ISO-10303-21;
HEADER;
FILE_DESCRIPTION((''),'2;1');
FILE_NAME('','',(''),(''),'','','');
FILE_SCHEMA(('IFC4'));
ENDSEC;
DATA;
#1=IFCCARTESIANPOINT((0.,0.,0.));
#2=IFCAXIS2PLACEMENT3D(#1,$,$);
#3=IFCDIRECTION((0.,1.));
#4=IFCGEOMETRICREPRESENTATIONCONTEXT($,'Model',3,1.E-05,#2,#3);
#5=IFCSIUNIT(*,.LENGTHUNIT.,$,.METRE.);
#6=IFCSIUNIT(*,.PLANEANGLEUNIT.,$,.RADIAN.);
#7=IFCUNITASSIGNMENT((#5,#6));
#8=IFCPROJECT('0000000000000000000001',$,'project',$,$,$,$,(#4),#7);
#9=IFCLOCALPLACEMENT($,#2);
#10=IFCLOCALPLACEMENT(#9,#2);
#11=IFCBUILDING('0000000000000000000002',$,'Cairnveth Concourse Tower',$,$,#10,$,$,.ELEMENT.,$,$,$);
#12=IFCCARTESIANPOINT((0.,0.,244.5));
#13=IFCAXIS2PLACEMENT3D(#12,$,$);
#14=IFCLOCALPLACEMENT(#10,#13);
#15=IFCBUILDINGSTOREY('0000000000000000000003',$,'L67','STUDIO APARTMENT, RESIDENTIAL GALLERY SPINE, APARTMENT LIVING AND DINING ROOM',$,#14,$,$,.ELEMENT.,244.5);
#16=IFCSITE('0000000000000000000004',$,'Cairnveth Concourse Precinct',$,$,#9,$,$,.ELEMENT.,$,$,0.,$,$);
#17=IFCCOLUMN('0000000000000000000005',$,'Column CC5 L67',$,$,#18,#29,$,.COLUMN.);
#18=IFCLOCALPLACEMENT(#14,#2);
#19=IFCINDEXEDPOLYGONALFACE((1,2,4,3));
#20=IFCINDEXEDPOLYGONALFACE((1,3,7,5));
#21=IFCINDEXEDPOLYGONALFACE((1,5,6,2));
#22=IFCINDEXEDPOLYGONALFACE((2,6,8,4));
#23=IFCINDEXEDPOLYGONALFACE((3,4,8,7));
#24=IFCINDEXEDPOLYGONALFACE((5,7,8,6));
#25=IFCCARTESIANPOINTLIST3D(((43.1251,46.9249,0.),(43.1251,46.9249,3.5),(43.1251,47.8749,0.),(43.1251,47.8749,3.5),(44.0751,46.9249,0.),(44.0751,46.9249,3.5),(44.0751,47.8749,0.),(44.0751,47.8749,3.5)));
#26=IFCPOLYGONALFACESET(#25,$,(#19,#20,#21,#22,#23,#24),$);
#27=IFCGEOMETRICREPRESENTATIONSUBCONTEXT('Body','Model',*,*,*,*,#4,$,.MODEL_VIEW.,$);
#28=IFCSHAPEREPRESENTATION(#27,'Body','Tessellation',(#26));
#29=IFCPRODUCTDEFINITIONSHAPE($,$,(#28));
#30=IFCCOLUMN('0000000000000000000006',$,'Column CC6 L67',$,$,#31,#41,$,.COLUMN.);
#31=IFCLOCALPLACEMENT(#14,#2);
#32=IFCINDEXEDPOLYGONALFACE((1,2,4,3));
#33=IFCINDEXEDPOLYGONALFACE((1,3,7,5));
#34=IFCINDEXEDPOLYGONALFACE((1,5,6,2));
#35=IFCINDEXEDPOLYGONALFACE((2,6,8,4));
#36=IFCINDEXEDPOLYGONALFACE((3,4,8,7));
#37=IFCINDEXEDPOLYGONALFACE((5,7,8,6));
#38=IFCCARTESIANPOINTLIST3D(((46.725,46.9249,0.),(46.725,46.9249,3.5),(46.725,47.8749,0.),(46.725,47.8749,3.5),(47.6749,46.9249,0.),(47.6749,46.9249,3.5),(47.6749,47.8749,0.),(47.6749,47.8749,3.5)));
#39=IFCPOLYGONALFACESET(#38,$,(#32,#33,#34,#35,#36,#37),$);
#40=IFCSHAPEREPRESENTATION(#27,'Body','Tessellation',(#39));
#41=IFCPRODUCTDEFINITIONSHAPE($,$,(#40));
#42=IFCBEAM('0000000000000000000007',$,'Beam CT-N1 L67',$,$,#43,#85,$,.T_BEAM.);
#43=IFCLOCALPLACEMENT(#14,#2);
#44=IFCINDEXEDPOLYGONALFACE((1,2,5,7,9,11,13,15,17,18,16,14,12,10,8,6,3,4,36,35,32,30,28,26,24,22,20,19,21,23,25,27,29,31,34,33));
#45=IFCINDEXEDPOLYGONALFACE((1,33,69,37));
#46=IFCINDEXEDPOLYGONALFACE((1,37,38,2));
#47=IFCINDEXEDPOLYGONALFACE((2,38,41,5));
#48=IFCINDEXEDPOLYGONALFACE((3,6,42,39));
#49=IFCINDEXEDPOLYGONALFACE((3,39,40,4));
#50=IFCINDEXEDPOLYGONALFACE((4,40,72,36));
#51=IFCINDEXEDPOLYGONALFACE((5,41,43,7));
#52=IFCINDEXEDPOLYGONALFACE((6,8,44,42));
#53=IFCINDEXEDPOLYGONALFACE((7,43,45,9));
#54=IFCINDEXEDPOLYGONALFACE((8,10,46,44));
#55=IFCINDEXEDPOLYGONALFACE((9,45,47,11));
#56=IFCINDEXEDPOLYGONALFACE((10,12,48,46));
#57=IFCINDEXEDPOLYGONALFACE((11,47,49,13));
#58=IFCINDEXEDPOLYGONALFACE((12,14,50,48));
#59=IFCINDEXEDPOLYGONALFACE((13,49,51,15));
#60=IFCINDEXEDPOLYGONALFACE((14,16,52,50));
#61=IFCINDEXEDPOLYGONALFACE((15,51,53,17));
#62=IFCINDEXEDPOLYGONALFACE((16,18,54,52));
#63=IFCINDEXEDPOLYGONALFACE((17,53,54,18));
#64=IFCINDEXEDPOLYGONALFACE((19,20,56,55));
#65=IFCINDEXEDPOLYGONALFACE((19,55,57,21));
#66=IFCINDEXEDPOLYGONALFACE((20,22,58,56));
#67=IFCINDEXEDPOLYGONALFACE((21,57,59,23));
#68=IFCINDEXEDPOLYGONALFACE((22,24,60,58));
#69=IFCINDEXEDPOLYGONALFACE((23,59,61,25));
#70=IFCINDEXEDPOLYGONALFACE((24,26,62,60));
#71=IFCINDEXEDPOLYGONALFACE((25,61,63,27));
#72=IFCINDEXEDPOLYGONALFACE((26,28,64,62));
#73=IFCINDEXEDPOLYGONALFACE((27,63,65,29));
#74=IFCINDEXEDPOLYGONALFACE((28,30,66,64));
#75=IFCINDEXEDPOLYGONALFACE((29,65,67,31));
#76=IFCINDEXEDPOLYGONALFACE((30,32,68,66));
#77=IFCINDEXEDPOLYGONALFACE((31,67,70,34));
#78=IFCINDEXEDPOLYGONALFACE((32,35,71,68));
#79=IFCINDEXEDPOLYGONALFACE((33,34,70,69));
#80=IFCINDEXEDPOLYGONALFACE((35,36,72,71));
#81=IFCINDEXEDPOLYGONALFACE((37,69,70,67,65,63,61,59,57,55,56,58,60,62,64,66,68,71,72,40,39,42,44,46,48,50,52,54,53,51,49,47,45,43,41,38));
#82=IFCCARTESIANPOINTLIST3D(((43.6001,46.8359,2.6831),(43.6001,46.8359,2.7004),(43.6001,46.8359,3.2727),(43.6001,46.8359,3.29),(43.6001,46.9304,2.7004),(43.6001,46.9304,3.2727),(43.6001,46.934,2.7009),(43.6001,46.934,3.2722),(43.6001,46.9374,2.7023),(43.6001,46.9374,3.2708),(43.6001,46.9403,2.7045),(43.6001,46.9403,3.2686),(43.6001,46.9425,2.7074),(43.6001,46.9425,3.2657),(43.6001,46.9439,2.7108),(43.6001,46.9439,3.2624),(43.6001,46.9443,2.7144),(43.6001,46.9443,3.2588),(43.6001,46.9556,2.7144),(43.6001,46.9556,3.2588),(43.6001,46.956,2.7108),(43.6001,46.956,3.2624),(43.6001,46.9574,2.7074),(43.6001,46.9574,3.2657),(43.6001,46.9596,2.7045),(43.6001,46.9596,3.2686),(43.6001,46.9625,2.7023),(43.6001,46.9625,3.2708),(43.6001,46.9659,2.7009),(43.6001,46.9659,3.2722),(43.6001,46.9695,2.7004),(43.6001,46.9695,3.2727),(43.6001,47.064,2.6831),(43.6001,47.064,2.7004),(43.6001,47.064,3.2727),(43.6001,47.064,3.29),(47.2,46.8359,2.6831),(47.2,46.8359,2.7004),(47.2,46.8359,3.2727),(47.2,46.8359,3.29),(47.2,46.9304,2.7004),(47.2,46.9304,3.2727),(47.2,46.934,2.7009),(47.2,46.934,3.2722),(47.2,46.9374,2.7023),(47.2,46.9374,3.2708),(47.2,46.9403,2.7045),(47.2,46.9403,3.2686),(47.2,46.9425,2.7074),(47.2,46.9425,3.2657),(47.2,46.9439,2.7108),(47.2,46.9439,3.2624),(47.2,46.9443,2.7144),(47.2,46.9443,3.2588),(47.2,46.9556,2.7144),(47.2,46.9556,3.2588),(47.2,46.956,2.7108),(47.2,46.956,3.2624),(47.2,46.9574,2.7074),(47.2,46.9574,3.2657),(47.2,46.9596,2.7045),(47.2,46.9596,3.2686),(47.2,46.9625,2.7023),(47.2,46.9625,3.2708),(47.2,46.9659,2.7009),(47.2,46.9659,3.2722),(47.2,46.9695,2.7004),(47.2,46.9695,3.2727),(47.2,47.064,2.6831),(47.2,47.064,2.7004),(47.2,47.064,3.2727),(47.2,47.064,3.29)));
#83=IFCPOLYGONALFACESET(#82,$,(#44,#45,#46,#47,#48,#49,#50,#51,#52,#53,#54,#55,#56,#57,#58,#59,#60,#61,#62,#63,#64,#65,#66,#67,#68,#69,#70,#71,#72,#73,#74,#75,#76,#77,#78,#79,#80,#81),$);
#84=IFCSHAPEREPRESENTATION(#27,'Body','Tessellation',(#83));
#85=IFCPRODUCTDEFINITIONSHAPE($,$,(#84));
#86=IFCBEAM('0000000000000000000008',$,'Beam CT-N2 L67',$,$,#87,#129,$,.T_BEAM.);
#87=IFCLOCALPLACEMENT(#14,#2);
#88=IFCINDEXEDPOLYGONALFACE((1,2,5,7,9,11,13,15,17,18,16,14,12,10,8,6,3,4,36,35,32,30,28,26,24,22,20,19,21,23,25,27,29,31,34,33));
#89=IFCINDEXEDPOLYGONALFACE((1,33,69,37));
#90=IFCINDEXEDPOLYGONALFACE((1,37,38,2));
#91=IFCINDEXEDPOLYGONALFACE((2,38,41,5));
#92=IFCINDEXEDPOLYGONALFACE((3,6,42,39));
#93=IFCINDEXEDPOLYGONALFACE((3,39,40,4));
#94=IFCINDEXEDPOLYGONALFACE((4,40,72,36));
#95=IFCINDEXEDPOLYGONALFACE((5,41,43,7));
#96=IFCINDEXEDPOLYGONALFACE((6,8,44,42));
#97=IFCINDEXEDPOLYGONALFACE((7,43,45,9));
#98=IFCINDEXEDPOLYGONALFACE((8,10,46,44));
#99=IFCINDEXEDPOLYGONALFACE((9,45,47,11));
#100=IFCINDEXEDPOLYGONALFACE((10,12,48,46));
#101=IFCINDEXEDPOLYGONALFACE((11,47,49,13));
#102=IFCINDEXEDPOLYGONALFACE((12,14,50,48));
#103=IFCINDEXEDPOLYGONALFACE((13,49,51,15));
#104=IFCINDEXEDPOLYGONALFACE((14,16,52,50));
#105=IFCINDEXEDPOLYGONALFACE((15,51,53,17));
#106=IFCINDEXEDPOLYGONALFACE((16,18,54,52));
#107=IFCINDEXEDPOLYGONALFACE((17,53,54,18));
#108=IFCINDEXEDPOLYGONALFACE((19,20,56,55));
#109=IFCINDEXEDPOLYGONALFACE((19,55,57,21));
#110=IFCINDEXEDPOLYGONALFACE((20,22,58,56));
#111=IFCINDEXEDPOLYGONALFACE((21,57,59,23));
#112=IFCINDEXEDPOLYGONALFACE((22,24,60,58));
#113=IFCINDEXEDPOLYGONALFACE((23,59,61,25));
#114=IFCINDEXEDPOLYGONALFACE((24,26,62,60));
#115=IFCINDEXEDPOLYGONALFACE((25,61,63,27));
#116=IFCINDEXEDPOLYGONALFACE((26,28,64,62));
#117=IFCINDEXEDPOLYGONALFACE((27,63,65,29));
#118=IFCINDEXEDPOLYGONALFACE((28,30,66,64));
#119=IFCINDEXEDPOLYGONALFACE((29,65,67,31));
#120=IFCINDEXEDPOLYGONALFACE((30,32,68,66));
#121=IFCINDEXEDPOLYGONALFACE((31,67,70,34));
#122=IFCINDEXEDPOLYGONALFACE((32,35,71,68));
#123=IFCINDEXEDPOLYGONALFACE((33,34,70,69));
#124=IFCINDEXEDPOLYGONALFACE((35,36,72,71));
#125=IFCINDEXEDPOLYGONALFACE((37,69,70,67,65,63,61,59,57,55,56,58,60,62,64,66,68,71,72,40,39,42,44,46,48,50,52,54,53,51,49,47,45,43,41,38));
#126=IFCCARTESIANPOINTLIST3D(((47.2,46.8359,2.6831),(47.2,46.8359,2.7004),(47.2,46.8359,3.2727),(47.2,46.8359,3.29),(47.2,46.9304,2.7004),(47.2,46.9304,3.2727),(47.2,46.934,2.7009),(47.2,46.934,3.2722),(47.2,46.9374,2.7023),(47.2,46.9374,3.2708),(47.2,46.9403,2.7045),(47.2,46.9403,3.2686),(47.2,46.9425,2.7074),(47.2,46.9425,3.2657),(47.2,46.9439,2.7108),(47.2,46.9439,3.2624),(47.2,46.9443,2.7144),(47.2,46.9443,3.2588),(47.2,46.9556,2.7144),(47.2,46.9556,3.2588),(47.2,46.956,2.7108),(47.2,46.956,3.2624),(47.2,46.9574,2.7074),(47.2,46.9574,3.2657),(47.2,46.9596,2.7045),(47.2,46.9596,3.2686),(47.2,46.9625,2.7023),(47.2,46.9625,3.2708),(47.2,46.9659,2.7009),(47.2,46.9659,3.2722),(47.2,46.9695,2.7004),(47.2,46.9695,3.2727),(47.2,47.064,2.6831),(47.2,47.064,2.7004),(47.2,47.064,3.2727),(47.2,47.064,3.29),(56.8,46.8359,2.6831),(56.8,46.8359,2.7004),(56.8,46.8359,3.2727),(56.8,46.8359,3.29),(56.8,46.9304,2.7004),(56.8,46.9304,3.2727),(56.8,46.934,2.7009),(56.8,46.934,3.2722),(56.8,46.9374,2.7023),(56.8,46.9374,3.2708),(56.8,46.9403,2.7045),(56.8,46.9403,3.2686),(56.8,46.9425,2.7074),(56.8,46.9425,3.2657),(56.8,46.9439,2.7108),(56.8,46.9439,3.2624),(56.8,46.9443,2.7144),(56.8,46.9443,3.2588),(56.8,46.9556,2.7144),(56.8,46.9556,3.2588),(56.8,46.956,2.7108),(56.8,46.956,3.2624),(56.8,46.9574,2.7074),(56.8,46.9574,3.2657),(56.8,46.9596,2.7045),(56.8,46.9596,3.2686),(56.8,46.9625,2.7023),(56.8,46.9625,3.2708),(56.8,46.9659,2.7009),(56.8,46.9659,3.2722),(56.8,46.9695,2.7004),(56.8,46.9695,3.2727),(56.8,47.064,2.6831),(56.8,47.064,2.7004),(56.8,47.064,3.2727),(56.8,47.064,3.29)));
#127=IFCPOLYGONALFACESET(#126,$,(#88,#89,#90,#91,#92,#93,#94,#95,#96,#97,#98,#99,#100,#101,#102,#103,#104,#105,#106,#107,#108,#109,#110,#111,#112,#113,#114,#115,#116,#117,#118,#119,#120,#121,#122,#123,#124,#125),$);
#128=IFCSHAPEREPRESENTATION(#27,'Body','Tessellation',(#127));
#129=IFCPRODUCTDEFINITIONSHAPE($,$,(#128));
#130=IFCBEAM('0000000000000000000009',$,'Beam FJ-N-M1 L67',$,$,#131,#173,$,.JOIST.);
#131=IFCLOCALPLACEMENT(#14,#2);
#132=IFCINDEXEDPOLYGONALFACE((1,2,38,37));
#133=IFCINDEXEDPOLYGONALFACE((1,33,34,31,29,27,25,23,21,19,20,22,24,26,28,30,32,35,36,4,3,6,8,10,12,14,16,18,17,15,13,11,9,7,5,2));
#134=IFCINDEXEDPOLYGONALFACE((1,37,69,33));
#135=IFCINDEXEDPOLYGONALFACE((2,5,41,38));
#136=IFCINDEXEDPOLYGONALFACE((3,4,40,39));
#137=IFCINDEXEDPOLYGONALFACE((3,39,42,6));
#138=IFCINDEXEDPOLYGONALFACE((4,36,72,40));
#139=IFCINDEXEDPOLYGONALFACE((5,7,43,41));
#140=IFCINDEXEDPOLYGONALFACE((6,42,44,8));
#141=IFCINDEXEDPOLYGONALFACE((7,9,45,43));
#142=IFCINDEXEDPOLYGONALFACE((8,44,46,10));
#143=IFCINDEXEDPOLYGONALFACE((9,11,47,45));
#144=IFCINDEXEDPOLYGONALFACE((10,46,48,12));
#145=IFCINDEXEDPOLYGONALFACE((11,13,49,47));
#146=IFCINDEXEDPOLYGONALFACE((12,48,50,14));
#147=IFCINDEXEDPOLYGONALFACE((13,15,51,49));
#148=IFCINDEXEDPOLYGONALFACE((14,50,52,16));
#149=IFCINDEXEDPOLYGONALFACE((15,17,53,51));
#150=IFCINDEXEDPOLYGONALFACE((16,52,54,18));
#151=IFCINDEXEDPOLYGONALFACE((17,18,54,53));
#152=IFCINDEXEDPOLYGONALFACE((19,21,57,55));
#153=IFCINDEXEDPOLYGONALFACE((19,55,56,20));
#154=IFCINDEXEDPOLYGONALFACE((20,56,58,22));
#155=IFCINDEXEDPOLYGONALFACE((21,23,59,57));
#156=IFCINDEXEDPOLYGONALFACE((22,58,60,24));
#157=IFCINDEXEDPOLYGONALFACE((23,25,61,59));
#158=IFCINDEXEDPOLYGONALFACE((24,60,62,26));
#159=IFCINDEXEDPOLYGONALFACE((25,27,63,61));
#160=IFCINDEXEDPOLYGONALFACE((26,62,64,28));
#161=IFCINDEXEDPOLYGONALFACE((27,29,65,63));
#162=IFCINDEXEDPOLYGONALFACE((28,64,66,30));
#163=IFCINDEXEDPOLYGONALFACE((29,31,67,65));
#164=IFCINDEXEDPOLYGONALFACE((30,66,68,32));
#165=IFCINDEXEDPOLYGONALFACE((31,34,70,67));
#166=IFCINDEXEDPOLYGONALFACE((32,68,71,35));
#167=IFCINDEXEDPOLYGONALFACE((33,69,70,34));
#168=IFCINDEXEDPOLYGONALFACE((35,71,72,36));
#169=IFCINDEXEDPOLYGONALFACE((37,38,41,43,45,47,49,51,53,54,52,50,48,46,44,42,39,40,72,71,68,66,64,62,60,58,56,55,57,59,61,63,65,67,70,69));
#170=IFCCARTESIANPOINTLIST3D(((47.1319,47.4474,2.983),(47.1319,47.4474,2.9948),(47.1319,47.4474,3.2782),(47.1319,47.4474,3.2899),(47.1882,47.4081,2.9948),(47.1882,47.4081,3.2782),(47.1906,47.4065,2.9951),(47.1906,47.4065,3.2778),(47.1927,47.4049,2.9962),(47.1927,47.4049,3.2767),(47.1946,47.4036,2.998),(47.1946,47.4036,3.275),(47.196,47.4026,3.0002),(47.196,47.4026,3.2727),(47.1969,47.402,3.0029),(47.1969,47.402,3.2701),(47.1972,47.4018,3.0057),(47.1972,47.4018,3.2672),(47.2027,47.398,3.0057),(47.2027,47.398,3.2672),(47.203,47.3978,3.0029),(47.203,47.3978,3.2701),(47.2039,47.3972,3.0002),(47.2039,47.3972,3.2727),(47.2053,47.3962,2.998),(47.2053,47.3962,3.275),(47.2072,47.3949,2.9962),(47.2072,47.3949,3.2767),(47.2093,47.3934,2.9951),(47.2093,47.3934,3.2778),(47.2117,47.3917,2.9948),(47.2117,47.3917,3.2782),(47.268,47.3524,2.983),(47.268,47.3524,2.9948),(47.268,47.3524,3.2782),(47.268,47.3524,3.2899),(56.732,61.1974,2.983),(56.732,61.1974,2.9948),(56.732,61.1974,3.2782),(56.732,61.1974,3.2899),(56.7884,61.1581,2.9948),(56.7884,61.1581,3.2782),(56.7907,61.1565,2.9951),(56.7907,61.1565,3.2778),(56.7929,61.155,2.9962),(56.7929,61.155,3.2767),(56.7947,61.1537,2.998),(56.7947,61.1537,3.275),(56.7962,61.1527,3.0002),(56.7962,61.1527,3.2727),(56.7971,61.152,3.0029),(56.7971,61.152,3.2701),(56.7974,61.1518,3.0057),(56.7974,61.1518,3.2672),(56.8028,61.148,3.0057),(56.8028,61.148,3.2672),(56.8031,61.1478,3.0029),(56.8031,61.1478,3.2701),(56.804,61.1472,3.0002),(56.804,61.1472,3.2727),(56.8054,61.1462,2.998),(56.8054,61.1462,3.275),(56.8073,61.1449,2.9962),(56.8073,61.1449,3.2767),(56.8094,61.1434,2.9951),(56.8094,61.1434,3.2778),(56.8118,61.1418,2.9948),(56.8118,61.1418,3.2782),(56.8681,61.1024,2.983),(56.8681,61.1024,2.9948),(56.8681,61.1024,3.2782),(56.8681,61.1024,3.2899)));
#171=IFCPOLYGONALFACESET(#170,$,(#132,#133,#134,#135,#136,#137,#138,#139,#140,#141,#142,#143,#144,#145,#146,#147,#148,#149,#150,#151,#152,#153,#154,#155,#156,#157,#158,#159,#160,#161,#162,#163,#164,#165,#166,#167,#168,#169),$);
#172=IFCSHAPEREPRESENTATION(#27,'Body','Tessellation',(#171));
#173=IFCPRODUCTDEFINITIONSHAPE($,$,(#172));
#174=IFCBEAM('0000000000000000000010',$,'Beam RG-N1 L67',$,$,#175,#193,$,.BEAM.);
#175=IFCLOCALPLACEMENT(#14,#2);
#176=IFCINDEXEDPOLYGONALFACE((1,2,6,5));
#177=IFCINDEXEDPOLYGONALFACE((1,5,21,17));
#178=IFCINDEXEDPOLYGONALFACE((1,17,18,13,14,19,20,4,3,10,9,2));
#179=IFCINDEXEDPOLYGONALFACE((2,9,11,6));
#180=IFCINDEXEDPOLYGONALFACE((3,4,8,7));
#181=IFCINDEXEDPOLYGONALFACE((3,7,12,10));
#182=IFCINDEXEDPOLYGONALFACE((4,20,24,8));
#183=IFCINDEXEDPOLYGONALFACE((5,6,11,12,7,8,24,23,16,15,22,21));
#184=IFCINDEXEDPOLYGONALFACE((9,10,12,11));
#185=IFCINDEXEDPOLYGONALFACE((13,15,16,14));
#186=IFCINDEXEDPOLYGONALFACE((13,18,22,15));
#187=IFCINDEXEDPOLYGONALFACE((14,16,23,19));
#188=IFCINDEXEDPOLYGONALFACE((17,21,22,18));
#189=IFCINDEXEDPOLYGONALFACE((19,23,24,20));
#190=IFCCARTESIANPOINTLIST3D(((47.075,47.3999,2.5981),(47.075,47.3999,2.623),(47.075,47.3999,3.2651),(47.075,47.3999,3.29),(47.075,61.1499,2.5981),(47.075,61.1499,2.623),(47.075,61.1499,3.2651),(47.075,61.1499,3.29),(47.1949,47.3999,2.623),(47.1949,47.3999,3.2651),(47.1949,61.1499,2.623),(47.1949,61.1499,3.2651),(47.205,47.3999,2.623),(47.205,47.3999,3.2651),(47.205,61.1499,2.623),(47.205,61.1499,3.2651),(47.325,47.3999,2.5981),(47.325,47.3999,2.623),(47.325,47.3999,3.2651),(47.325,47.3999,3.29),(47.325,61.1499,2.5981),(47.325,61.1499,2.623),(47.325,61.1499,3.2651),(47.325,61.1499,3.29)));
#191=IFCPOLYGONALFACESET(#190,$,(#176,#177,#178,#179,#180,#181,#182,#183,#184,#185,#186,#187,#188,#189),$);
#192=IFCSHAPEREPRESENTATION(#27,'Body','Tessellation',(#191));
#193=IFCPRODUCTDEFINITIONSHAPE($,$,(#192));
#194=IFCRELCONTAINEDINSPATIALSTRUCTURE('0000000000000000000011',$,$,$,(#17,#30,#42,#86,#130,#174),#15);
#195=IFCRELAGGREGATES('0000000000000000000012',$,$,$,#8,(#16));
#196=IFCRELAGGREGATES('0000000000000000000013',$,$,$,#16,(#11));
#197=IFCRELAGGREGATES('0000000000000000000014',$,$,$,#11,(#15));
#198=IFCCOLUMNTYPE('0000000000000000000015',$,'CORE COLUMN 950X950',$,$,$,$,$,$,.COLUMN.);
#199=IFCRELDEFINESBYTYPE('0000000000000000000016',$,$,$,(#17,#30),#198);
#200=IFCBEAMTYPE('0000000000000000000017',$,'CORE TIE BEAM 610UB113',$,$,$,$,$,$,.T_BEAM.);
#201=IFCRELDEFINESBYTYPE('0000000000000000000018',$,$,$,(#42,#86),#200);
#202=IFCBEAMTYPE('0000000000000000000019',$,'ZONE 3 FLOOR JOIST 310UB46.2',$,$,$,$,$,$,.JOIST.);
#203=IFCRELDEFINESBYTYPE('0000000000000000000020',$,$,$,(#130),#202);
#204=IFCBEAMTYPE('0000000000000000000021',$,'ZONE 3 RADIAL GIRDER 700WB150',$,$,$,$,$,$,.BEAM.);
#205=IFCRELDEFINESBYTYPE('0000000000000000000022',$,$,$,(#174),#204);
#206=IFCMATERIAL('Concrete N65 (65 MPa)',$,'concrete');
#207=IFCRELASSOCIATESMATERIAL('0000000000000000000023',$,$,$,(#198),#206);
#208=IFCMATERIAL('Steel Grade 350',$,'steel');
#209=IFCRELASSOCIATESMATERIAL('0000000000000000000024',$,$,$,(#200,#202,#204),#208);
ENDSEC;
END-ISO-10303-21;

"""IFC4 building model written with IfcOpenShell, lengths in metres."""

from ifc_helpers import new_model, si_unit, direction, frame, origin, origin_2d, place, context, subcontext, project, spatial, rectangle, i_section, extrude, material, material_profile, profile_set, type_object, element, save


model = new_model("IFC4")

# Units and contexts
model_context = context("Model", 3, precision=1e-05, world=origin(), true_north=direction((0.0, 1.0)))
body_context = subcontext(model_context, "Body", "Model", "MODEL_VIEW")
ifc_project = project(units=[si_unit("LENGTHUNIT", "METRE"), si_unit("PLANEANGLEUNIT", "RADIAN")], contexts=[model_context])

# Site, building, storey
site_placement = place(None, origin())
site = spatial("IfcSite", under=ifc_project, at=site_placement, Name="Cairnveth Concourse Precinct", CompositionType="ELEMENT", RefElevation=0.0)
building_placement = place(site_placement, origin())
building = spatial("IfcBuilding", under=site, at=building_placement, Name="Cairnveth Concourse Tower", CompositionType="ELEMENT")
storey_placement = place(building_placement, frame((0.0, 0.0, 244.5)))
storey = spatial("IfcBuildingStorey", under=building, at=storey_placement, Name="L67", Description="STUDIO APARTMENT, RESIDENTIAL GALLERY SPINE, APARTMENT LIVING AND DINING ROOM", CompositionType="ELEMENT", Elevation=244.5)

# Columns
ifc_material_1 = material(Name="Concrete N65 (65 MPa)", Category="concrete")
ifc_material_profile_1 = material_profile(ifc_material_1, rectangle(XDim=0.95, YDim=0.95, at=origin_2d()), Name="RC-COL-950x950")
ifc_profile_set_1 = profile_set([ifc_material_profile_1], Name="Concrete N65 (65 MPa)")
column_type = type_object("IfcColumnType", Name="CORE COLUMN 950X950", PredefinedType="COLUMN", material=ifc_profile_set_1)
for number, where, z_axis, x_axis, name in (
    (1, (43.6001, 47.3999, 0.0), (0.0, 0.0, 1.0), (1.0, 0.0, 0.0), "Column CC5 L67"),
    (2, (47.2, 47.3999, 0.0), (0.0, 0.0, 1.0), (1.0, 0.0, 0.0), "Column CC6 L67"),
):
    element("IfcColumn", number, at=place(storey_placement, frame(where, z_axis=z_axis, x_axis=x_axis)), inside=storey, type_object=column_type, Name=name, PredefinedType="COLUMN", context=body_context, shape_type="SweptSolid", body=[
        extrude(rectangle(XDim=0.95, YDim=0.95, at=origin_2d()), origin(), (0.0, 0.0, 1.0), 3.5),
    ])

# Beams
ifc_material_2 = material(Name="Steel Grade 350", Category="steel")
ifc_material_profile_2 = material_profile(ifc_material_2, i_section(OverallWidth=0.228, OverallDepth=0.6069, WebThickness=0.0112, FlangeThickness=0.0173, FilletRadius=0.0139, at=origin_2d()), Name="610UB113")
ifc_profile_set_2 = profile_set([ifc_material_profile_2], Name="Steel Grade 350")
beam_type_1 = type_object("IfcBeamType", Name="CORE TIE BEAM 610UB113", PredefinedType="T_BEAM", material=ifc_profile_set_2)
beam_1_placement = place(storey_placement, frame((43.6001, 46.95, 2.9866), z_axis=(1.0, 0.0, 0.0), x_axis=(0.0, 1.0, 0.0)))
element("IfcBeam", 3, at=beam_1_placement, inside=storey, type_object=beam_type_1, Name="Beam CT-N1 L67", PredefinedType="T_BEAM", context=body_context, shape_type="SweptSolid", body=[
    extrude(i_section(OverallWidth=0.228, OverallDepth=0.6069, WebThickness=0.0112, FlangeThickness=0.0173, FilletRadius=0.0139, at=origin_2d()), origin(), (0.0, 0.0, 1.0), 3.5999),
])
beam_2_placement = place(storey_placement, frame((47.2, 46.95, 2.9866), z_axis=(1.0, 0.0, 0.0), x_axis=(0.0, 1.0, 0.0)))
element("IfcBeam", 4, at=beam_2_placement, inside=storey, type_object=beam_type_1, Name="Beam CT-N2 L67", PredefinedType="T_BEAM", context=body_context, shape_type="SweptSolid", body=[
    extrude(i_section(OverallWidth=0.228, OverallDepth=0.6069, WebThickness=0.0112, FlangeThickness=0.0173, FilletRadius=0.0139, at=origin_2d()), origin(), (0.0, 0.0, 1.0), 9.6001),
])
ifc_material_profile_3 = material_profile(ifc_material_2, i_section(OverallWidth=0.166, OverallDepth=0.3069, WebThickness=0.0066, FlangeThickness=0.0117, FilletRadius=0.011, at=origin_2d()), Name="310UB46.2")
ifc_profile_set_3 = profile_set([ifc_material_profile_3], Name="Steel Grade 350")
beam_type_2 = type_object("IfcBeamType", Name="ZONE 3 FLOOR JOIST 310UB46.2", PredefinedType="JOIST", material=ifc_profile_set_3)
beam_3_placement = place(storey_placement, frame((47.2, 47.3999, 3.1365), z_axis=(0.572465, 0.819929, 0.0), x_axis=(-0.819929, 0.572465, 0.0)))
element("IfcBeam", 5, at=beam_3_placement, inside=storey, type_object=beam_type_2, Name="Beam FJ-N-M1 L67", PredefinedType="JOIST", context=body_context, shape_type="SweptSolid", body=[
    extrude(i_section(OverallWidth=0.166, OverallDepth=0.3069, WebThickness=0.0066, FlangeThickness=0.0117, FilletRadius=0.011, at=origin_2d()), origin(), (0.0, 0.0, 1.0), 16.7698),
])
ifc_material_profile_4 = material_profile(ifc_material_2, i_section(OverallWidth=0.25, OverallDepth=0.6919, WebThickness=0.01, FlangeThickness=0.0249, at=origin_2d()), Name="700WB150")
ifc_profile_set_4 = profile_set([ifc_material_profile_4], Name="Steel Grade 350")
beam_type_3 = type_object("IfcBeamType", Name="ZONE 3 RADIAL GIRDER 700WB150", PredefinedType="BEAM", material=ifc_profile_set_4)
beam_4_placement = place(storey_placement, frame((47.2, 47.3999, 2.9441), z_axis=(0.0, 1.0, 0.0), x_axis=(-1.0, 0.0, 0.0)))
element("IfcBeam", 6, at=beam_4_placement, inside=storey, type_object=beam_type_3, Name="Beam RG-N1 L67", PredefinedType="BEAM", context=body_context, shape_type="SweptSolid", body=[
    extrude(i_section(OverallWidth=0.25, OverallDepth=0.6919, WebThickness=0.01, FlangeThickness=0.0249, at=origin_2d()), origin(), (0.0, 0.0, 1.0), 13.75),
])

save(model, "model.ifc")
